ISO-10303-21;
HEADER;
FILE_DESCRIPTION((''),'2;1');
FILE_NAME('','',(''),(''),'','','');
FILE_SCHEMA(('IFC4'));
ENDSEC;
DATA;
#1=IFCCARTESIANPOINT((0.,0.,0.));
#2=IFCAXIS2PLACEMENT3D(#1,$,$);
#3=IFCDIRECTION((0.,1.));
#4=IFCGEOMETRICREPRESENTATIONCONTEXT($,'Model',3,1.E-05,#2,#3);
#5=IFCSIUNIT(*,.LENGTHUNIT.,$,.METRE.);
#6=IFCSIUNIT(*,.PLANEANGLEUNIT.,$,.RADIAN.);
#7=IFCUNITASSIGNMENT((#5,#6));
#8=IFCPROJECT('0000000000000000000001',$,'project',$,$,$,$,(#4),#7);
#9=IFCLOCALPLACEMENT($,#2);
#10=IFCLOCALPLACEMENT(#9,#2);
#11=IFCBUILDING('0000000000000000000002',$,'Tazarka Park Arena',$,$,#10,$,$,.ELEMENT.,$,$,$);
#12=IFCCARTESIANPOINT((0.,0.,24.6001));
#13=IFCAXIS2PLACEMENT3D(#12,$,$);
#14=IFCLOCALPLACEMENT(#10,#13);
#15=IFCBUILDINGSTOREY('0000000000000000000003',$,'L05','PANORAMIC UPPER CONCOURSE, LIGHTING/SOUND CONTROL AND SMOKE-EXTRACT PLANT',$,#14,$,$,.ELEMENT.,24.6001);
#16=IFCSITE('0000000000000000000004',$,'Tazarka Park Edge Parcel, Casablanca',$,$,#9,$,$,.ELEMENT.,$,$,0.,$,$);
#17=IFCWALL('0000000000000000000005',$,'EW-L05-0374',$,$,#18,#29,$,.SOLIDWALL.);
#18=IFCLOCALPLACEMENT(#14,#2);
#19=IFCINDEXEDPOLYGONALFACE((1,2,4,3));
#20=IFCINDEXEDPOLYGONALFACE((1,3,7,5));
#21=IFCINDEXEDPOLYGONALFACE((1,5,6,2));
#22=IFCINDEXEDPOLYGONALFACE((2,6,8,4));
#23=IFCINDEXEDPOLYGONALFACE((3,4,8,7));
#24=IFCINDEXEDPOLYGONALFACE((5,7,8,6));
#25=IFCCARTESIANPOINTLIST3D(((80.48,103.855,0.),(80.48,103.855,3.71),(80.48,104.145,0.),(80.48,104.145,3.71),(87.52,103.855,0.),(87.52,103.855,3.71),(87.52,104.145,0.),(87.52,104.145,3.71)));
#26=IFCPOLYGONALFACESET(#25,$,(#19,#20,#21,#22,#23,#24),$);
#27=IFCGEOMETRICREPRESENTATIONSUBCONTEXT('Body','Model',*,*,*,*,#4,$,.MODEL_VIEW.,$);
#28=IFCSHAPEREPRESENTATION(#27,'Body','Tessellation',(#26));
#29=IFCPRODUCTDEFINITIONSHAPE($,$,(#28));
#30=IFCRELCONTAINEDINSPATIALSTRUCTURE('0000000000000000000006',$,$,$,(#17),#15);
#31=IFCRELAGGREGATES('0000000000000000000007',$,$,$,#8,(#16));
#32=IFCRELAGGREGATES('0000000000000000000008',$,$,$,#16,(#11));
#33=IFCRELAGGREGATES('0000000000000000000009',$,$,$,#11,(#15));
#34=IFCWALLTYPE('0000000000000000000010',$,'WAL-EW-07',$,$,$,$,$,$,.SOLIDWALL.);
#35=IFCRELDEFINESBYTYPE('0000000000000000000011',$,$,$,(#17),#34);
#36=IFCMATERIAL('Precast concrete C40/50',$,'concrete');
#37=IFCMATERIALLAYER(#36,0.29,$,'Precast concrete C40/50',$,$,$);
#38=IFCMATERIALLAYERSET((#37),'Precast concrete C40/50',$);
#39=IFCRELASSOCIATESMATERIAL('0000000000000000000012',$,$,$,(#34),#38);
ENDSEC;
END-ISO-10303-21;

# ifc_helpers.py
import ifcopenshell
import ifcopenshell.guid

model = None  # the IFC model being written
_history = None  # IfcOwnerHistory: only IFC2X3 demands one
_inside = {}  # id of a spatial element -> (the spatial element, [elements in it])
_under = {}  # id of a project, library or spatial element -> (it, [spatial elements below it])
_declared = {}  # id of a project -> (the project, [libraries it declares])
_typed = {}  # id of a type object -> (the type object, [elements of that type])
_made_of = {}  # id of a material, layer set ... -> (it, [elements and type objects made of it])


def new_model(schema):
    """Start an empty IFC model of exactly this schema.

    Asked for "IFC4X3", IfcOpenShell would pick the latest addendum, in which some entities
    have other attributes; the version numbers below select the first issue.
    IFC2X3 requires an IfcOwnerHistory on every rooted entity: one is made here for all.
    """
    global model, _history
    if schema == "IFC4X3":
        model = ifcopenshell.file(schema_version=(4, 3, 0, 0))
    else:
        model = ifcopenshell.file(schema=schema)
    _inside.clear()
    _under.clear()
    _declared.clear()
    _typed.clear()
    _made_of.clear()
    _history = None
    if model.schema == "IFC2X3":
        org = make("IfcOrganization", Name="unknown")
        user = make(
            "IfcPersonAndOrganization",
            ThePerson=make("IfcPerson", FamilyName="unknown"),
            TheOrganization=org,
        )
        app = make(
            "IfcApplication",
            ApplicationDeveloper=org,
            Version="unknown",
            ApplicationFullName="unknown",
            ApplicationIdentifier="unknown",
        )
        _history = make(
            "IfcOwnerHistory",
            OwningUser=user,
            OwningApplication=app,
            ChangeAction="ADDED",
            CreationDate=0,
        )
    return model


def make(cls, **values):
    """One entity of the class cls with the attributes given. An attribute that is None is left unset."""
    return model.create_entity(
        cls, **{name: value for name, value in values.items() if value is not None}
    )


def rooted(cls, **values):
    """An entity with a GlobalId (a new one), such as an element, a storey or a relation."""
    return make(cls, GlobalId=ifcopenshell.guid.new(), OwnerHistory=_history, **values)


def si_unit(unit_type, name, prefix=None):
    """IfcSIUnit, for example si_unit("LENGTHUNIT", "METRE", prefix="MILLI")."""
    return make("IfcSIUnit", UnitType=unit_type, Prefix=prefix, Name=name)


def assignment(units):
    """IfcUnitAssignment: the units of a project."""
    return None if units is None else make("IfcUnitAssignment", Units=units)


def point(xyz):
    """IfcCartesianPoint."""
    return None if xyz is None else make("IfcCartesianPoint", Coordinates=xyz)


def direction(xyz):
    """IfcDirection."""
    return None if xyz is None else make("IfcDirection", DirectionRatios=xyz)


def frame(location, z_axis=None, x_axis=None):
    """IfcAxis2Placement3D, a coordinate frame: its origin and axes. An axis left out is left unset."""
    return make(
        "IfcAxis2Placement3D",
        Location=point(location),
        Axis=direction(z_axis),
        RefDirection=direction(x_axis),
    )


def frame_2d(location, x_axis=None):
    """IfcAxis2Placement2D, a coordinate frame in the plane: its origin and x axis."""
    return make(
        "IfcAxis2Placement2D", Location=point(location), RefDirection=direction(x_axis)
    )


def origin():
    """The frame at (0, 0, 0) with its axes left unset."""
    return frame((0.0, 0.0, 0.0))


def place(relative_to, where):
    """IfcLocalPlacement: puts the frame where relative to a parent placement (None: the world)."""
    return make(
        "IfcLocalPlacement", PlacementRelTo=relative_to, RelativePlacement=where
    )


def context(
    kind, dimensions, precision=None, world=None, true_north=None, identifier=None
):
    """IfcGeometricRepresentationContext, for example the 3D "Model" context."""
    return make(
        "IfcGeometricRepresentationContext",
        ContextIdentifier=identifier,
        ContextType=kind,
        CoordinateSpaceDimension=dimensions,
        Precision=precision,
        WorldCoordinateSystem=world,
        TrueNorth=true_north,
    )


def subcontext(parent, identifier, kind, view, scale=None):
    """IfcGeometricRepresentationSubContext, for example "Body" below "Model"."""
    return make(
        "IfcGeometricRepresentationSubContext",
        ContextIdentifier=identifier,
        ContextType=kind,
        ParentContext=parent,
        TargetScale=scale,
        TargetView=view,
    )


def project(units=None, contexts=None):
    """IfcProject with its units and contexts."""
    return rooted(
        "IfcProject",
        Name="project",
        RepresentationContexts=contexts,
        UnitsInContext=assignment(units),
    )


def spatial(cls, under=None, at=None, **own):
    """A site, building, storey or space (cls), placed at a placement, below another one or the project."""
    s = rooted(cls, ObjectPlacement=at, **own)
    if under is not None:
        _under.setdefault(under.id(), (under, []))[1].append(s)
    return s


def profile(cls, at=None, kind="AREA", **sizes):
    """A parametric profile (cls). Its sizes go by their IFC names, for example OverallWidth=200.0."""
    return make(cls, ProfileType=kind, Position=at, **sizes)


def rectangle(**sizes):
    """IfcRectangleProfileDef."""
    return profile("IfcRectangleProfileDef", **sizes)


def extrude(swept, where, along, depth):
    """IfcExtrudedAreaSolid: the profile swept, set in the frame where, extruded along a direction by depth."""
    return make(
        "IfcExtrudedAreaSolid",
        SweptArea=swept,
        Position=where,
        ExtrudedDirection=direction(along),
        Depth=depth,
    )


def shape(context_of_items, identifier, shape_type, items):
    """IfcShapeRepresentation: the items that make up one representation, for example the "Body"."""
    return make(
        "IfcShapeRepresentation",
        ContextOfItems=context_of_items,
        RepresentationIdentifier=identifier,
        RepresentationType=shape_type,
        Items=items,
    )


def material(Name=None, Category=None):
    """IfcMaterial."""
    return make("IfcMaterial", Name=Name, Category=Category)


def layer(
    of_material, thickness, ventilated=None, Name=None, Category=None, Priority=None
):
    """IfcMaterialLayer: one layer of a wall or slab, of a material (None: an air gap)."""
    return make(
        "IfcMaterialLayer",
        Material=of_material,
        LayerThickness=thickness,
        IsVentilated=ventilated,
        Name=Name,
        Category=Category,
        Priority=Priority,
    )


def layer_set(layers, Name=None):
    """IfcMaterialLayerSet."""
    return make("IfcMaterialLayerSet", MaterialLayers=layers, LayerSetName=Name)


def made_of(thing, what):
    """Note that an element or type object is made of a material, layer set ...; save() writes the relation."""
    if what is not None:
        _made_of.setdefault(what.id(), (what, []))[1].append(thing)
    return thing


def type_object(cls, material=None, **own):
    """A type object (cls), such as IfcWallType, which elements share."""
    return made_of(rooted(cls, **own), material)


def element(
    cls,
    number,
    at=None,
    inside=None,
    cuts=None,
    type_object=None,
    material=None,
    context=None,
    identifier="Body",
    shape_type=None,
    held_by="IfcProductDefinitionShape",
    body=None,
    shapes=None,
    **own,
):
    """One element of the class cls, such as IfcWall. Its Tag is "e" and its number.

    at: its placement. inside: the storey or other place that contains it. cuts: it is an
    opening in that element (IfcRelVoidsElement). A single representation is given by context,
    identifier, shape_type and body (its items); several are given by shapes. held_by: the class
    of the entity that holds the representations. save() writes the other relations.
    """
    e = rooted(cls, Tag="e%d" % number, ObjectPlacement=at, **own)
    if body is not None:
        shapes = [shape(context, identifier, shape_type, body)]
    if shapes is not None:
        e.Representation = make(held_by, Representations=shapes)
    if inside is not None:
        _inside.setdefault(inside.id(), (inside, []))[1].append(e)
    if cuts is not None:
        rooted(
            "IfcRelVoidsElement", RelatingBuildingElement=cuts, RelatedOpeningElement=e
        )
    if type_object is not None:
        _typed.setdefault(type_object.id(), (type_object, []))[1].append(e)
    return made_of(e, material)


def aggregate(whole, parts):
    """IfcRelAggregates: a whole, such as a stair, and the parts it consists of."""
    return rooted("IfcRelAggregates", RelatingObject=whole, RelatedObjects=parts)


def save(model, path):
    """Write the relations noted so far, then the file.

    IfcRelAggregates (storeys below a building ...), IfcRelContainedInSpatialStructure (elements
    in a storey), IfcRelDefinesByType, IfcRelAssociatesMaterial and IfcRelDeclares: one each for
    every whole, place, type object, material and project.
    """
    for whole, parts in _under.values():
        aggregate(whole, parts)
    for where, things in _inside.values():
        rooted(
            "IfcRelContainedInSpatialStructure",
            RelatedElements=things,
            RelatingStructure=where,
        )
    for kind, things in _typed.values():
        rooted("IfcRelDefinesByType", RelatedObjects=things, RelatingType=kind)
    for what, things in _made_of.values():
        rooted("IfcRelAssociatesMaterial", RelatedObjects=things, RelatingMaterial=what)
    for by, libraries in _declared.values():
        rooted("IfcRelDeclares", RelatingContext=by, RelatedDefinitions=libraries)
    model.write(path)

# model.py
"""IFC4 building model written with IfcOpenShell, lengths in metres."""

from ifc_helpers import new_model, si_unit, direction, frame, frame_2d, origin, place, context, subcontext, project, spatial, rectangle, extrude, material, layer, layer_set, type_object, element, save


model = new_model("IFC4")

# Units and contexts
model_context = context("Model", 3, precision=1e-05, world=origin(), true_north=direction((0.0, 1.0)))
body_context = subcontext(model_context, "Body", "Model", "MODEL_VIEW")
ifc_project = project(units=[si_unit("LENGTHUNIT", "METRE"), si_unit("PLANEANGLEUNIT", "RADIAN")], contexts=[model_context])

# Site, building, storey
site_placement = place(None, origin())
site = spatial("IfcSite", under=ifc_project, at=site_placement, Name="Tazarka Park Edge Parcel, Casablanca", CompositionType="ELEMENT", RefElevation=0.0)
building_placement = place(site_placement, origin())
building = spatial("IfcBuilding", under=site, at=building_placement, Name="Tazarka Park Arena", CompositionType="ELEMENT")
storey_placement = place(building_placement, frame((0.0, 0.0, 24.6001)))
storey = spatial("IfcBuildingStorey", under=building, at=storey_placement, Name="L05", Description="PANORAMIC UPPER CONCOURSE, LIGHTING/SOUND CONTROL AND SMOKE-EXTRACT PLANT", CompositionType="ELEMENT", Elevation=24.6001)

# Wall
ifc_material_1 = material(Name="Precast concrete C40/50", Category="concrete")
ifc_layer_1 = layer(ifc_material_1, 0.29, Name="Precast concrete C40/50")
ifc_layer_set_1 = layer_set([ifc_layer_1], Name="Precast concrete C40/50")
wall_type_1 = type_object("IfcWallType", Name="WAL-EW-07", PredefinedType="SOLIDWALL", material=ifc_layer_set_1)
wall_1_placement = place(storey_placement, frame((80.48, 104.0, 0.0), z_axis=(0.0, 0.0, 1.0), x_axis=(1.0, 0.0, 0.0)))
element("IfcWall", 1, at=wall_1_placement, inside=storey, type_object=wall_type_1, Name="EW-L05-0374", PredefinedType="SOLIDWALL", context=body_context, shape_type="SweptSolid", body=[
    extrude(rectangle(XDim=7.04, YDim=0.29, at=frame_2d((3.52, 0.0))), origin(), (0.0, 0.0, 1.0), 3.71),
])

save(model, "model.ifc")
